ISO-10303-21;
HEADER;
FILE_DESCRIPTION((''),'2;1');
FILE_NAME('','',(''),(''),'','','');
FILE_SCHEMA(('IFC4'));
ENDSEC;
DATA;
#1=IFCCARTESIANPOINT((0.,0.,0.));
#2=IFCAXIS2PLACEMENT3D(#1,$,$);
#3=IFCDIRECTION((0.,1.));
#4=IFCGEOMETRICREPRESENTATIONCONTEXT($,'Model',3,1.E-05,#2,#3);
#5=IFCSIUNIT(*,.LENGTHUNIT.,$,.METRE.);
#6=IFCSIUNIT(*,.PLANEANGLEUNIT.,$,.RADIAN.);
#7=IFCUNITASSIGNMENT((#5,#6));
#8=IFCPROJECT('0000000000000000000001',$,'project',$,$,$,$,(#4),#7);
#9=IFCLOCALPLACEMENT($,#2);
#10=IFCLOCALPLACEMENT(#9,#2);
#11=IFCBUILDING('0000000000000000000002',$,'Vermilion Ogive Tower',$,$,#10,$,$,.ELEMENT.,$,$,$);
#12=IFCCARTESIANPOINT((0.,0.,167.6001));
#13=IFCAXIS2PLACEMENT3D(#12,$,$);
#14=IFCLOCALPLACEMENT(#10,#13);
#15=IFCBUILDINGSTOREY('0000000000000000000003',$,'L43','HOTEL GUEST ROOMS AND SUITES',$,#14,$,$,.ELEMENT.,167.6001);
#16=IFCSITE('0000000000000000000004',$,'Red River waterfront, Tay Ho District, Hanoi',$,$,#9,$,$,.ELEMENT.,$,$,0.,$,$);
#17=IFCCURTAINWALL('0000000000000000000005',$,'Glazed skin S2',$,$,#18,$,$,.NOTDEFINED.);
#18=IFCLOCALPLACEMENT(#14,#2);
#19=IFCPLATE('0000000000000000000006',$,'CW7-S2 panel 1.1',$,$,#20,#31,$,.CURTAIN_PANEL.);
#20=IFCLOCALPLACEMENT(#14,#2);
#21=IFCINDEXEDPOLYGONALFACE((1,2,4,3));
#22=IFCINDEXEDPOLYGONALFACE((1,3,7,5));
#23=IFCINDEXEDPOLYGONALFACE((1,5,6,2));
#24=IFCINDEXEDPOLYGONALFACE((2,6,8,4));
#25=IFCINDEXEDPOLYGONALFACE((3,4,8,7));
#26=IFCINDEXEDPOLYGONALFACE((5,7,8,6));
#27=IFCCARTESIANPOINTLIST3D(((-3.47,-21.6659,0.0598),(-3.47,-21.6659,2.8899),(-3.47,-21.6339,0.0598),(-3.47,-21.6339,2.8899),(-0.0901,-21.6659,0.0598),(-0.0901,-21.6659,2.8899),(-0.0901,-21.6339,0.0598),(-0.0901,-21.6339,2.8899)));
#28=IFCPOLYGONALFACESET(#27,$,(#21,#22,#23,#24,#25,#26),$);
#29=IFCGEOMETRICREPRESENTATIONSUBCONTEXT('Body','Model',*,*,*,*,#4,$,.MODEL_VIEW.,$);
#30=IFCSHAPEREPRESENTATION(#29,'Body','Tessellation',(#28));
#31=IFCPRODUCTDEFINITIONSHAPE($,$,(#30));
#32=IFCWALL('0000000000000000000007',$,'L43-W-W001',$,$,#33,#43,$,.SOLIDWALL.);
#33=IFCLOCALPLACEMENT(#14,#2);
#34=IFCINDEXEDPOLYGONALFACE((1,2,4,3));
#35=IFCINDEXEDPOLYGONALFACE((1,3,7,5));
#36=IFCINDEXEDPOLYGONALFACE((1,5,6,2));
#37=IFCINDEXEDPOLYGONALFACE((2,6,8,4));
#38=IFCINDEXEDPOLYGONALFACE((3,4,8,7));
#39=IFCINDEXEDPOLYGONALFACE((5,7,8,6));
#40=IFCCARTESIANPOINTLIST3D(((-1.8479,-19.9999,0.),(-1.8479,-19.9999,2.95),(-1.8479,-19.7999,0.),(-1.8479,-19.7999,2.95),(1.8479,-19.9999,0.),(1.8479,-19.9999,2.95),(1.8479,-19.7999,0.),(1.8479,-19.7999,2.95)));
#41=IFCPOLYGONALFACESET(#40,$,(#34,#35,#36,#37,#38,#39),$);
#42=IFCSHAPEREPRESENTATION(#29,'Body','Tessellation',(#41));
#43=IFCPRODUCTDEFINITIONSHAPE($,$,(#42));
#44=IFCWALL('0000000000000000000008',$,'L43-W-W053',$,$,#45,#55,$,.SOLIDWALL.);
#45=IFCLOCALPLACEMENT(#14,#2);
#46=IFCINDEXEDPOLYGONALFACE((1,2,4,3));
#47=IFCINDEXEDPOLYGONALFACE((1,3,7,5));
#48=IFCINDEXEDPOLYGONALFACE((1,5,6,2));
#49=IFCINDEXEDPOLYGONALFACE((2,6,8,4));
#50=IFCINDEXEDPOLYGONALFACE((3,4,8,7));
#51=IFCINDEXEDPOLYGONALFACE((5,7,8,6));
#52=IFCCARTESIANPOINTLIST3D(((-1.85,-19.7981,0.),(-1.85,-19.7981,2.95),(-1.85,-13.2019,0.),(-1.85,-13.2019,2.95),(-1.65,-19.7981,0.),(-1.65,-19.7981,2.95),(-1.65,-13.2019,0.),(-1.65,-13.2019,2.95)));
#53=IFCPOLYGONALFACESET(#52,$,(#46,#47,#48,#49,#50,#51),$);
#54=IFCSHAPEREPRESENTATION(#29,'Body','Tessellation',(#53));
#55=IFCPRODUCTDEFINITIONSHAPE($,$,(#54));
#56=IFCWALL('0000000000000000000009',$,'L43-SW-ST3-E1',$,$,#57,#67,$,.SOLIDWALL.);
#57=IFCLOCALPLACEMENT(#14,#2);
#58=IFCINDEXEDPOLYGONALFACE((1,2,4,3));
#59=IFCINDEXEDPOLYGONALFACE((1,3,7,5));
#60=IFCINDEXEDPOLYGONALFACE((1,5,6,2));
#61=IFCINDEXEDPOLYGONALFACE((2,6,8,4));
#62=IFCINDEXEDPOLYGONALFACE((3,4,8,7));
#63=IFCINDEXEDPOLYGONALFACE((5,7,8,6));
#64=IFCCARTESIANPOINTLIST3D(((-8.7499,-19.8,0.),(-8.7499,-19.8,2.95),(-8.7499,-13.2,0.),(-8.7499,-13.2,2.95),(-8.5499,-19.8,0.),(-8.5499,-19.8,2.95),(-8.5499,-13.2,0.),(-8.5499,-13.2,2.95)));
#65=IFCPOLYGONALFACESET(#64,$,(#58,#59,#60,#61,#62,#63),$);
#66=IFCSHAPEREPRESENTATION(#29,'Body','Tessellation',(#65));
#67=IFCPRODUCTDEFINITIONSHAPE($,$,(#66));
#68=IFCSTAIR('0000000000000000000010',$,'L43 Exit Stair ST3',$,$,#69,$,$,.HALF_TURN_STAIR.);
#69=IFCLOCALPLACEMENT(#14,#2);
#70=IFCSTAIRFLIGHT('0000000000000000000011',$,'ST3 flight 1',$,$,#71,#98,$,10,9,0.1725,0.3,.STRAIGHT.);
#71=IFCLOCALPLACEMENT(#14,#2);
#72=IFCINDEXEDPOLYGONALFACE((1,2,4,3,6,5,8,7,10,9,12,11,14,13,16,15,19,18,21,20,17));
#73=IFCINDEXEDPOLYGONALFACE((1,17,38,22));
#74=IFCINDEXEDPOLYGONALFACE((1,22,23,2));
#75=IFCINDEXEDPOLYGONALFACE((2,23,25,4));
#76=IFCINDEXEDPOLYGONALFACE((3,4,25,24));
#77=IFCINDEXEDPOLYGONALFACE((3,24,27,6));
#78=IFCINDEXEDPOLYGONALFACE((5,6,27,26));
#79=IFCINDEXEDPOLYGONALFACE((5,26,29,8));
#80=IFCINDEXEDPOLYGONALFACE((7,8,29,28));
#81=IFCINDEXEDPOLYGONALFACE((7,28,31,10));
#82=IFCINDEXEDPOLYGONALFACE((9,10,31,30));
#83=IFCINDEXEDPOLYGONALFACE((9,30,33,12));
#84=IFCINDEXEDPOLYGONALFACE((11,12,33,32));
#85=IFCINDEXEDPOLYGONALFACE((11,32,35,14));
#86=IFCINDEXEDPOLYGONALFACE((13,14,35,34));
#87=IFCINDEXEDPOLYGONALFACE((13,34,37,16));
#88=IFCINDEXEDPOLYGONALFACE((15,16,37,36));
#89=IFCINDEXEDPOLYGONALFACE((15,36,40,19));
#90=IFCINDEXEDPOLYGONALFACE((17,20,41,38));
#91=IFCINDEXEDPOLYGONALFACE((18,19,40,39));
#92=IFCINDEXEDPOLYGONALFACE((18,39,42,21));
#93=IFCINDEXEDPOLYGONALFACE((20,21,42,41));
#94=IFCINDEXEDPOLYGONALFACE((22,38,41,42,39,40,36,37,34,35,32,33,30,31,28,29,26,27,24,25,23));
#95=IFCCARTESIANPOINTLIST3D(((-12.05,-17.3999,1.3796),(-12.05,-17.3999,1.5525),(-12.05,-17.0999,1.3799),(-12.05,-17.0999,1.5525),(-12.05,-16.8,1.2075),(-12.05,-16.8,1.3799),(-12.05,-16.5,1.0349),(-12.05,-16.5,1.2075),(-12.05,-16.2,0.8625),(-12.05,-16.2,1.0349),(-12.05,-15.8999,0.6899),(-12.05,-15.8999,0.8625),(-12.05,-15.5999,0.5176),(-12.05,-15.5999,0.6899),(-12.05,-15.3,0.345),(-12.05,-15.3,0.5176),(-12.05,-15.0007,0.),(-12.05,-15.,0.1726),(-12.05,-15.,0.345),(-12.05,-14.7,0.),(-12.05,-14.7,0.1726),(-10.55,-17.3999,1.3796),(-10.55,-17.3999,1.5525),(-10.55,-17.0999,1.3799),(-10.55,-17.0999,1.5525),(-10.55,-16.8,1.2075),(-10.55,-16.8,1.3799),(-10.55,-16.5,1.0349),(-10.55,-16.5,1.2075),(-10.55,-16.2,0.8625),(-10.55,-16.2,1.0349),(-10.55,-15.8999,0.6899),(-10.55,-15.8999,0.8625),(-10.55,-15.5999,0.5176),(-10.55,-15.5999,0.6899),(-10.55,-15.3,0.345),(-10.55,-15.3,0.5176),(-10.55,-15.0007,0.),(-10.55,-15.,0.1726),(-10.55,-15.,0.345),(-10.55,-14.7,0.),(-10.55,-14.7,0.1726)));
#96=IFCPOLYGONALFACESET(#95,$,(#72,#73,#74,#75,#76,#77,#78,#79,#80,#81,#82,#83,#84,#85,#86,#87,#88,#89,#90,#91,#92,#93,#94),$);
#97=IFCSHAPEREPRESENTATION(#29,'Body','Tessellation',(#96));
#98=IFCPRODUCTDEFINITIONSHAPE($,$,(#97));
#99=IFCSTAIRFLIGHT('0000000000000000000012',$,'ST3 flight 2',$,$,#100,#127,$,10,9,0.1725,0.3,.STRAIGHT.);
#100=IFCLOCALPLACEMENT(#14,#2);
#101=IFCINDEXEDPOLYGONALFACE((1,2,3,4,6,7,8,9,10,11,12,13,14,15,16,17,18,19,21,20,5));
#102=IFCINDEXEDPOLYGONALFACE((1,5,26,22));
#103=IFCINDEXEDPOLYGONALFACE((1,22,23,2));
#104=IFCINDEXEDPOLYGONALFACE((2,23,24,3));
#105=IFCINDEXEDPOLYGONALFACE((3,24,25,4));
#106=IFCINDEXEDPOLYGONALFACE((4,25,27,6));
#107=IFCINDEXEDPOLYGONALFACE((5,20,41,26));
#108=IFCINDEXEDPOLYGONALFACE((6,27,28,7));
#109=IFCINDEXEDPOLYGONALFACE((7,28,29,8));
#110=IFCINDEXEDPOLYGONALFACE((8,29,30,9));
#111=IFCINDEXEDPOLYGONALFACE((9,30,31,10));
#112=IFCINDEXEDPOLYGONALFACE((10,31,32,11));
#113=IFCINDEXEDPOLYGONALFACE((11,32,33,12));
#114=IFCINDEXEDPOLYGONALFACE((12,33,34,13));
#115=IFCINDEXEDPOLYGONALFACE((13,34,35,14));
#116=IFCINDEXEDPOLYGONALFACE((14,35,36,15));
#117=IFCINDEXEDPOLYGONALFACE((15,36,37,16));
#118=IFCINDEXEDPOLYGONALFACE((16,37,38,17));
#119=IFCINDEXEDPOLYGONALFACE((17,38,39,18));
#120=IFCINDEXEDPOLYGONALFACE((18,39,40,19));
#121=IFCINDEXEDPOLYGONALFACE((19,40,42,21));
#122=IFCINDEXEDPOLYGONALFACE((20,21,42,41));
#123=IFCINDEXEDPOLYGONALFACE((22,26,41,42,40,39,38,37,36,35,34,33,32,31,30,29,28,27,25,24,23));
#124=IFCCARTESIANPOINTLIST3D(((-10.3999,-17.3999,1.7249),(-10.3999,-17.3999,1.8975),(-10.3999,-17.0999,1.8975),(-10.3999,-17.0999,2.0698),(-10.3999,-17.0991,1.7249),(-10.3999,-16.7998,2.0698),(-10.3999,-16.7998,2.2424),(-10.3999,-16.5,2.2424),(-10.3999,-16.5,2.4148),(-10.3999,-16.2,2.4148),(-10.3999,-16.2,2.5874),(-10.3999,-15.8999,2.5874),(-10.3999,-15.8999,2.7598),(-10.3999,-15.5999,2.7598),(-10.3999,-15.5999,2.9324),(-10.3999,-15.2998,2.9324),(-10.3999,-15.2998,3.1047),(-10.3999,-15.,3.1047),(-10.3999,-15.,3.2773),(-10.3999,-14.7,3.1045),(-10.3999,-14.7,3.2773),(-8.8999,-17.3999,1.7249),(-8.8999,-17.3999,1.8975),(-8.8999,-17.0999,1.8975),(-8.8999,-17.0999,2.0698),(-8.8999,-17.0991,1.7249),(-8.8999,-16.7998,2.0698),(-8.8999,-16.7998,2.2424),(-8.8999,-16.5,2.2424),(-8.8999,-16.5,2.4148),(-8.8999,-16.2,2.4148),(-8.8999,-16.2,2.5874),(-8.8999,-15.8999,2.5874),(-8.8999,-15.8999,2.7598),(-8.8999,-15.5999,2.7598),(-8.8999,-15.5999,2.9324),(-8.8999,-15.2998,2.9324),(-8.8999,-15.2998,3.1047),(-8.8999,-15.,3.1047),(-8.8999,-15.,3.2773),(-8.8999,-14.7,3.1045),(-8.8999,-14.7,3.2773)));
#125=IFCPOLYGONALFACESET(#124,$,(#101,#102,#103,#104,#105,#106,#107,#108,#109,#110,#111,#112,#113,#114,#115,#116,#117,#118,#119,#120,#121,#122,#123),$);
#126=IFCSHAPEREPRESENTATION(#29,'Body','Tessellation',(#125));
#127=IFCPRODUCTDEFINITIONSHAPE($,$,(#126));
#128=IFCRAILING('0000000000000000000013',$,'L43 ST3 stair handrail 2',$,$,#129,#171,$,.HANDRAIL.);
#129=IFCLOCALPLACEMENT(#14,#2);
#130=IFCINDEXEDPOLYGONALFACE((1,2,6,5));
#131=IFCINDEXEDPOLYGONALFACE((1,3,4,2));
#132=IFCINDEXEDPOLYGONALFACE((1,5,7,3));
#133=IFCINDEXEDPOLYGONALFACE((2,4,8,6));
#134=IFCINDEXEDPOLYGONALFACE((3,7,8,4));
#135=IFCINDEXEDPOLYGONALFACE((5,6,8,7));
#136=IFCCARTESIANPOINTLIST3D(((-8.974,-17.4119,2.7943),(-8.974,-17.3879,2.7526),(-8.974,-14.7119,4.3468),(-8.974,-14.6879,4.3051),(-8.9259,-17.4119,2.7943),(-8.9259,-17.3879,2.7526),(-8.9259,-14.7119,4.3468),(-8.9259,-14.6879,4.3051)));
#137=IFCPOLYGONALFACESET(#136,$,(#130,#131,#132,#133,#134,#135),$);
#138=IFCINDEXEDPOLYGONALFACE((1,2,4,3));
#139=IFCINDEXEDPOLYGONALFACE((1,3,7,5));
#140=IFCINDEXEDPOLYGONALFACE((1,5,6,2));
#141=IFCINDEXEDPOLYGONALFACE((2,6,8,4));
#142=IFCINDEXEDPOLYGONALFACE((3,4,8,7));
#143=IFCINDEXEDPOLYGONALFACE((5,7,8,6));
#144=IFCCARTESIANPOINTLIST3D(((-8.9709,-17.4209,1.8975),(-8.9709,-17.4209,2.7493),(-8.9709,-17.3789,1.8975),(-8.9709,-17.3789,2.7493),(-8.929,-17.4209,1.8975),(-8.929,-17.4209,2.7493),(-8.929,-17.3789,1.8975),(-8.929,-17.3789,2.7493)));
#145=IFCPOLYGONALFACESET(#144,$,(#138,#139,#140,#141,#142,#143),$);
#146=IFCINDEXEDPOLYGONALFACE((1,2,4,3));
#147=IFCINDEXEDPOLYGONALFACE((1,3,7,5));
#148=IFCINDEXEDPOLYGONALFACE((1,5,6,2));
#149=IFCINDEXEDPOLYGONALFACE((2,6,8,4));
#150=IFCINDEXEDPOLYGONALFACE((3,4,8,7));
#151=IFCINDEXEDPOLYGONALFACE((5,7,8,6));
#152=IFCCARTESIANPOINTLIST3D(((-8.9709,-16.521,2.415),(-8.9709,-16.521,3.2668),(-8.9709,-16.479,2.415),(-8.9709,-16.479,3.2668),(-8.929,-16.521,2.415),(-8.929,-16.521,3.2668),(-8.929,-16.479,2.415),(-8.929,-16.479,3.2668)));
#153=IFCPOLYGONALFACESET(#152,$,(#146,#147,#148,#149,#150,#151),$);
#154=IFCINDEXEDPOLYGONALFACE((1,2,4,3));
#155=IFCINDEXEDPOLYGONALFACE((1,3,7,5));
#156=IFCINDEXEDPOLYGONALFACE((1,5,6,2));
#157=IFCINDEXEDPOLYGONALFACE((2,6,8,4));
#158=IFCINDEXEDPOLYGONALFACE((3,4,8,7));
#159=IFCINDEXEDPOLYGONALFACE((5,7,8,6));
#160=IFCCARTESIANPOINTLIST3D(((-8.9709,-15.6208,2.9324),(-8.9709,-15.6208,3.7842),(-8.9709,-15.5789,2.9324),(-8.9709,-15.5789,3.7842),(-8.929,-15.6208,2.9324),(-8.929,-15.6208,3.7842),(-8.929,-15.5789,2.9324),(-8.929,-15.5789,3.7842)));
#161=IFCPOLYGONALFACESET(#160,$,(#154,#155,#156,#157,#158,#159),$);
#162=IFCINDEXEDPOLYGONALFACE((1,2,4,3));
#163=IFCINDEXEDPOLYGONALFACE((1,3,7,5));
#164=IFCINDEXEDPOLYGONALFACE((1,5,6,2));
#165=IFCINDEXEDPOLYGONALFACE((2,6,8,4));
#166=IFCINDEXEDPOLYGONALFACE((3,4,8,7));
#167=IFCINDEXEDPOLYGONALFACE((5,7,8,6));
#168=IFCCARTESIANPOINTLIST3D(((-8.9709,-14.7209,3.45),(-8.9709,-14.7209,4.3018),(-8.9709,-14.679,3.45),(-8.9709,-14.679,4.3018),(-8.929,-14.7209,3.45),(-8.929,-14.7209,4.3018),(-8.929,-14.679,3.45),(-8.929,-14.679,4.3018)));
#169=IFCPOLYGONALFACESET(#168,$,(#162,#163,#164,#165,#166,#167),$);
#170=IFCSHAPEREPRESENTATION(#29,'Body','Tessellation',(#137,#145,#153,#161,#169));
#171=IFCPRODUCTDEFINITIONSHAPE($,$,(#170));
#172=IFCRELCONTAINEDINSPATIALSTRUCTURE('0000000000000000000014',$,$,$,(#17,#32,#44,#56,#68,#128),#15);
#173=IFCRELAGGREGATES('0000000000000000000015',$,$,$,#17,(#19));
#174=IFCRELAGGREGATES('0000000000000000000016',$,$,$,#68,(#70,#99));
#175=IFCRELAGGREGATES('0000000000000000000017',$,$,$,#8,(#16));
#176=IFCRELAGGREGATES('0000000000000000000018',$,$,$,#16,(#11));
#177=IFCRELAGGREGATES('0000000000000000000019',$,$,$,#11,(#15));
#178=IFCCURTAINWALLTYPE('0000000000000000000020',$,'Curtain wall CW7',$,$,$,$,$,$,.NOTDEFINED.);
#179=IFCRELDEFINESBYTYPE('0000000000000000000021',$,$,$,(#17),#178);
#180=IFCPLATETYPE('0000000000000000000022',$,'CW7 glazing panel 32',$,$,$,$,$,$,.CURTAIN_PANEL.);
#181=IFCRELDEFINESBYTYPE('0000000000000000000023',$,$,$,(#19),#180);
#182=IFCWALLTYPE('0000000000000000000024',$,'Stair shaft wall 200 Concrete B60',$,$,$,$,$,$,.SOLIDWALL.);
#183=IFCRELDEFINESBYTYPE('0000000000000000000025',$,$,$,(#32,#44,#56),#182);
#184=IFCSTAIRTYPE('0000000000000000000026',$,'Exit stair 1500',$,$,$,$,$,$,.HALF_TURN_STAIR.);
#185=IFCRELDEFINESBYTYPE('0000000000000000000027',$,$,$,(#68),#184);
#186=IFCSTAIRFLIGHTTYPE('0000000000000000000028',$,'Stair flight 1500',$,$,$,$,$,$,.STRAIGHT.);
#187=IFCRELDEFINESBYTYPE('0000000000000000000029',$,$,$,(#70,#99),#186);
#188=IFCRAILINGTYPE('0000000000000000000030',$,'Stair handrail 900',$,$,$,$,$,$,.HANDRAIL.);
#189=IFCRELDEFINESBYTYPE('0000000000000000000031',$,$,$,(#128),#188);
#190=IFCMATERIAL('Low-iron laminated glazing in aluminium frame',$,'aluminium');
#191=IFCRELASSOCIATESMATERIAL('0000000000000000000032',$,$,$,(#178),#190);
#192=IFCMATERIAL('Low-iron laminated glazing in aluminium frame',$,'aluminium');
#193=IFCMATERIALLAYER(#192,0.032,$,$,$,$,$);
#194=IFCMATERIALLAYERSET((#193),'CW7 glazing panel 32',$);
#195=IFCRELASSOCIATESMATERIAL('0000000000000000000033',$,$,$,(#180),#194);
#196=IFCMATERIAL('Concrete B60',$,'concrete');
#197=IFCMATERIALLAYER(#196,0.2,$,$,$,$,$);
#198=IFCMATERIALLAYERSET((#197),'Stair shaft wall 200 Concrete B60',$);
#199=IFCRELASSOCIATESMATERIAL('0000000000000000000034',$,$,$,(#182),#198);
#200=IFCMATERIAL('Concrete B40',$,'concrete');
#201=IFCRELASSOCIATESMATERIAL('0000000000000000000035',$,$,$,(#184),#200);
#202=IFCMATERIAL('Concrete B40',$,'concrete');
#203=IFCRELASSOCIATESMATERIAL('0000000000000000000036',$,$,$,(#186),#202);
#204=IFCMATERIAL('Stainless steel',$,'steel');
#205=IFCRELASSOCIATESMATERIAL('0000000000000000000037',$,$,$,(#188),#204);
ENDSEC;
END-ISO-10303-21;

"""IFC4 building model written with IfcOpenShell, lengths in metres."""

from ifc_helpers import new_model, si_unit, direction, frame, frame_2d, origin, origin_2d, place, context, subcontext, project, spatial, polyline, rectangle, outline, extrude, material, layer, layer_set, type_object, element, aggregate, save


model = new_model("IFC4")

# Units and contexts
model_context = context("Model", 3, precision=1e-05, world=origin(), true_north=direction((0.0, 1.0)))
body_context = subcontext(model_context, "Body", "Model", "MODEL_VIEW")
ifc_project = project(units=[si_unit("LENGTHUNIT", "METRE"), si_unit("PLANEANGLEUNIT", "RADIAN")], contexts=[model_context])

# Site, building, storey
site_placement = place(None, origin())
site = spatial("IfcSite", under=ifc_project, at=site_placement, Name="Red River waterfront, Tay Ho District, Hanoi", CompositionType="ELEMENT", RefElevation=0.0)
building_placement = place(site_placement, origin())
building = spatial("IfcBuilding", under=site, at=building_placement, Name="Vermilion Ogive Tower", CompositionType="ELEMENT")
storey_placement = place(building_placement, frame((0.0, 0.0, 167.6001)))
storey = spatial("IfcBuildingStorey", under=building, at=storey_placement, Name="L43", Description="HOTEL GUEST ROOMS AND SUITES", CompositionType="ELEMENT", Elevation=167.6001)

# Curtain wall
ifc_material_1 = material(Name="Low-iron laminated glazing in aluminium frame", Category="aluminium")
curtain_wall_type = type_object("IfcCurtainWallType", Name="Curtain wall CW7", PredefinedType="NOTDEFINED", material=ifc_material_1)
curtain_wall_1_placement = place(storey_placement, origin())
curtain_wall_1 = element("IfcCurtainWall", 1, at=curtain_wall_1_placement, inside=storey, type_object=curtain_wall_type, Name="Glazed skin S2", PredefinedType="NOTDEFINED")

# Plate
ifc_material_2 = material(Name="Low-iron laminated glazing in aluminium frame", Category="aluminium")
ifc_layer_1 = layer(ifc_material_2, 0.032)
ifc_layer_set_1 = layer_set([ifc_layer_1], Name="CW7 glazing panel 32")
plate_type = type_object("IfcPlateType", Name="CW7 glazing panel 32", PredefinedType="CURTAIN_PANEL", material=ifc_layer_set_1)
plate_1_placement = place(storey_placement, frame((-1.78, -21.6499, 0.0598), z_axis=(0.0, 0.0, 1.0), x_axis=(1.0, 0.0, 0.0)))
plate_1 = element("IfcPlate", 2, at=plate_1_placement, type_object=plate_type, Name="CW7-S2 panel 1.1", PredefinedType="CURTAIN_PANEL", context=body_context, shape_type="SweptSolid", body=[
    extrude(rectangle(XDim=3.3799, YDim=0.032, at=origin_2d()), origin(), (0.0, 0.0, 1.0), 2.8301),
])
aggregate(curtain_wall_1, [plate_1])

# Walls
ifc_material_3 = material(Name="Concrete B60", Category="concrete")
ifc_layer_2 = layer(ifc_material_3, 0.2)
ifc_layer_set_2 = layer_set([ifc_layer_2], Name="Stair shaft wall 200 Concrete B60")
wall_type = type_object("IfcWallType", Name="Stair shaft wall 200 Concrete B60", PredefinedType="SOLIDWALL", material=ifc_layer_set_2)
wall_1_placement = place(storey_placement, frame((-1.8479, -19.8999, 0.0), z_axis=(0.0, 0.0, 1.0), x_axis=(1.0, 0.0, 0.0)))
element("IfcWall", 3, at=wall_1_placement, inside=storey, type_object=wall_type, Name="L43-W-W001", PredefinedType="SOLIDWALL", context=body_context, shape_type="SweptSolid", body=[
    extrude(rectangle(XDim=3.6958, YDim=0.2, at=frame_2d((1.8479, 0.0))), origin(), (0.0, 0.0, 1.0), 2.95),
])
wall_2_placement = place(storey_placement, frame((-1.75, -19.7981, 0.0), z_axis=(0.0, 0.0, 1.0), x_axis=(0.0, 1.0, 0.0)))
element("IfcWall", 4, at=wall_2_placement, inside=storey, type_object=wall_type, Name="L43-W-W053", PredefinedType="SOLIDWALL", context=body_context, shape_type="SweptSolid", body=[
    extrude(rectangle(XDim=6.5962, YDim=0.2, at=frame_2d((3.2981, 0.0))), origin(), (0.0, 0.0, 1.0), 2.95),
])
wall_3_placement = place(storey_placement, frame((-8.6499, -19.8, 0.0), z_axis=(0.0, 0.0, 1.0), x_axis=(0.0, 1.0, 0.0)))
element("IfcWall", 5, at=wall_3_placement, inside=storey, type_object=wall_type, Name="L43-SW-ST3-E1", PredefinedType="SOLIDWALL", context=body_context, shape_type="SweptSolid", body=[
    extrude(rectangle(XDim=6.6001, YDim=0.2, at=frame_2d((3.3, 0.0))), origin(), (0.0, 0.0, 1.0), 2.95),
])

# Stair, stair flights
ifc_material_4 = material(Name="Concrete B40", Category="concrete")
stair_type = type_object("IfcStairType", Name="Exit stair 1500", PredefinedType="HALF_TURN_STAIR", material=ifc_material_4)
stair_placement = place(storey_placement, origin())
stair = element("IfcStair", 6, at=stair_placement, inside=storey, type_object=stair_type, Name="L43 Exit Stair ST3", PredefinedType="HALF_TURN_STAIR")
ifc_material_5 = material(Name="Concrete B40", Category="concrete")
stair_flight_type = type_object("IfcStairFlightType", Name="Stair flight 1500", PredefinedType="STRAIGHT", material=ifc_material_5)
stair_flight_1_placement = place(storey_placement, frame((-11.3, -14.7, 0.0), z_axis=(0.0, 0.0, 1.0), x_axis=(0.0, -1.0, 0.0)))
stair_flight_1 = element("IfcStairFlight", 7, at=stair_flight_1_placement, type_object=stair_flight_type, Name="ST3 flight 1", NumberOfRisers=10, NumberOfTreads=9, PredefinedType="STRAIGHT", RiserHeight=0.1725, TreadLength=0.3, context=body_context, shape_type="SweptSolid", body=[
    extrude(outline(polyline([(0.0, 0.0), (0.0, 0.1726), (0.3, 0.1726), (0.3, 0.345), (0.6001, 0.345), (0.6001, 0.5176), (0.8999, 0.5176), (0.8999, 0.6899), (1.2, 0.6899), (1.2, 0.8625), (1.5, 0.8625), (1.5, 1.0349), (1.8, 1.0349), (1.8, 1.2075), (2.1001, 1.2075), (2.1001, 1.3799), (2.3999, 1.3799), (2.3999, 1.5525), (2.7, 1.5525), (2.7, 1.7251), (2.7, 1.3796), (0.3008, 0.0), (0.0, 0.0)])), frame((0.0, 0.75, 0.0), z_axis=(0.0, -1.0, 0.0), x_axis=(1.0, 0.0, 0.0)), (0.0, 0.0, 1.0), 1.5),
])
stair_flight_2_placement = place(storey_placement, frame((-9.6499, -17.3999, 1.7249), z_axis=(0.0, 0.0, 1.0), x_axis=(0.0, 1.0, 0.0)))
stair_flight_2 = element("IfcStairFlight", 8, at=stair_flight_2_placement, type_object=stair_flight_type, Name="ST3 flight 2", NumberOfRisers=10, NumberOfTreads=9, PredefinedType="STRAIGHT", RiserHeight=0.1725, TreadLength=0.3, context=body_context, shape_type="SweptSolid", body=[
    extrude(outline(polyline([(0.0, 0.0), (0.0, 0.1726), (0.3, 0.1726), (0.3, 0.345), (0.6001, 0.345), (0.6001, 0.5176), (0.8999, 0.5176), (0.8999, 0.6899), (1.2, 0.6899), (1.2, 0.8625), (1.5, 0.8625), (1.5, 1.0349), (1.8, 1.0349), (1.8, 1.2075), (2.1001, 1.2075), (2.1001, 1.3799), (2.3999, 1.3799), (2.3999, 1.5525), (2.7, 1.5525), (2.7, 1.7251), (2.7, 1.3796), (0.3008, 0.0), (0.0, 0.0)])), frame((0.0, 0.75, 0.0), z_axis=(0.0, -1.0, 0.0), x_axis=(1.0, 0.0, 0.0)), (0.0, 0.0, 1.0), 1.5),
])
aggregate(stair, [stair_flight_1, stair_flight_2])

# Railing
ifc_material_6 = material(Name="Stainless steel", Category="steel")
railing_type = type_object("IfcRailingType", Name="Stair handrail 900", PredefinedType="HANDRAIL", material=ifc_material_6)
railing_placement = place(storey_placement, frame((-8.95, -17.3999, 1.8975)))
element("IfcRailing", 9, at=railing_placement, inside=storey, type_object=railing_type, Name="L43 ST3 stair handrail 2", PredefinedType="HANDRAIL", context=body_context, shape_type="SweptSolid", body=[
    extrude(rectangle(XDim=0.0481, YDim=0.0481, at=origin_2d()), frame((0.0, 0.0, 0.876), z_axis=(0.0, 0.866904, 0.498476), x_axis=(-1.0, 0.0, 0.0)), (0.0, 0.0, 1.0), 3.1145),
    extrude(rectangle(XDim=0.042, YDim=0.042, at=origin_2d()), origin(), (0.0, 0.0, 1.0), 0.8518),
    extrude(rectangle(XDim=0.042, YDim=0.042, at=origin_2d()), frame((0.0, 0.8999, 0.5176)), (0.0, 0.0, 1.0), 0.8518),
    extrude(rectangle(XDim=0.042, YDim=0.042, at=origin_2d()), frame((0.0, 1.8, 1.0349)), (0.0, 0.0, 1.0), 0.8518),
    extrude(rectangle(XDim=0.042, YDim=0.042, at=origin_2d()), frame((0.0, 2.7, 1.5525)), (0.0, 0.0, 1.0), 0.8518),
])

save(model, "model.ifc")
